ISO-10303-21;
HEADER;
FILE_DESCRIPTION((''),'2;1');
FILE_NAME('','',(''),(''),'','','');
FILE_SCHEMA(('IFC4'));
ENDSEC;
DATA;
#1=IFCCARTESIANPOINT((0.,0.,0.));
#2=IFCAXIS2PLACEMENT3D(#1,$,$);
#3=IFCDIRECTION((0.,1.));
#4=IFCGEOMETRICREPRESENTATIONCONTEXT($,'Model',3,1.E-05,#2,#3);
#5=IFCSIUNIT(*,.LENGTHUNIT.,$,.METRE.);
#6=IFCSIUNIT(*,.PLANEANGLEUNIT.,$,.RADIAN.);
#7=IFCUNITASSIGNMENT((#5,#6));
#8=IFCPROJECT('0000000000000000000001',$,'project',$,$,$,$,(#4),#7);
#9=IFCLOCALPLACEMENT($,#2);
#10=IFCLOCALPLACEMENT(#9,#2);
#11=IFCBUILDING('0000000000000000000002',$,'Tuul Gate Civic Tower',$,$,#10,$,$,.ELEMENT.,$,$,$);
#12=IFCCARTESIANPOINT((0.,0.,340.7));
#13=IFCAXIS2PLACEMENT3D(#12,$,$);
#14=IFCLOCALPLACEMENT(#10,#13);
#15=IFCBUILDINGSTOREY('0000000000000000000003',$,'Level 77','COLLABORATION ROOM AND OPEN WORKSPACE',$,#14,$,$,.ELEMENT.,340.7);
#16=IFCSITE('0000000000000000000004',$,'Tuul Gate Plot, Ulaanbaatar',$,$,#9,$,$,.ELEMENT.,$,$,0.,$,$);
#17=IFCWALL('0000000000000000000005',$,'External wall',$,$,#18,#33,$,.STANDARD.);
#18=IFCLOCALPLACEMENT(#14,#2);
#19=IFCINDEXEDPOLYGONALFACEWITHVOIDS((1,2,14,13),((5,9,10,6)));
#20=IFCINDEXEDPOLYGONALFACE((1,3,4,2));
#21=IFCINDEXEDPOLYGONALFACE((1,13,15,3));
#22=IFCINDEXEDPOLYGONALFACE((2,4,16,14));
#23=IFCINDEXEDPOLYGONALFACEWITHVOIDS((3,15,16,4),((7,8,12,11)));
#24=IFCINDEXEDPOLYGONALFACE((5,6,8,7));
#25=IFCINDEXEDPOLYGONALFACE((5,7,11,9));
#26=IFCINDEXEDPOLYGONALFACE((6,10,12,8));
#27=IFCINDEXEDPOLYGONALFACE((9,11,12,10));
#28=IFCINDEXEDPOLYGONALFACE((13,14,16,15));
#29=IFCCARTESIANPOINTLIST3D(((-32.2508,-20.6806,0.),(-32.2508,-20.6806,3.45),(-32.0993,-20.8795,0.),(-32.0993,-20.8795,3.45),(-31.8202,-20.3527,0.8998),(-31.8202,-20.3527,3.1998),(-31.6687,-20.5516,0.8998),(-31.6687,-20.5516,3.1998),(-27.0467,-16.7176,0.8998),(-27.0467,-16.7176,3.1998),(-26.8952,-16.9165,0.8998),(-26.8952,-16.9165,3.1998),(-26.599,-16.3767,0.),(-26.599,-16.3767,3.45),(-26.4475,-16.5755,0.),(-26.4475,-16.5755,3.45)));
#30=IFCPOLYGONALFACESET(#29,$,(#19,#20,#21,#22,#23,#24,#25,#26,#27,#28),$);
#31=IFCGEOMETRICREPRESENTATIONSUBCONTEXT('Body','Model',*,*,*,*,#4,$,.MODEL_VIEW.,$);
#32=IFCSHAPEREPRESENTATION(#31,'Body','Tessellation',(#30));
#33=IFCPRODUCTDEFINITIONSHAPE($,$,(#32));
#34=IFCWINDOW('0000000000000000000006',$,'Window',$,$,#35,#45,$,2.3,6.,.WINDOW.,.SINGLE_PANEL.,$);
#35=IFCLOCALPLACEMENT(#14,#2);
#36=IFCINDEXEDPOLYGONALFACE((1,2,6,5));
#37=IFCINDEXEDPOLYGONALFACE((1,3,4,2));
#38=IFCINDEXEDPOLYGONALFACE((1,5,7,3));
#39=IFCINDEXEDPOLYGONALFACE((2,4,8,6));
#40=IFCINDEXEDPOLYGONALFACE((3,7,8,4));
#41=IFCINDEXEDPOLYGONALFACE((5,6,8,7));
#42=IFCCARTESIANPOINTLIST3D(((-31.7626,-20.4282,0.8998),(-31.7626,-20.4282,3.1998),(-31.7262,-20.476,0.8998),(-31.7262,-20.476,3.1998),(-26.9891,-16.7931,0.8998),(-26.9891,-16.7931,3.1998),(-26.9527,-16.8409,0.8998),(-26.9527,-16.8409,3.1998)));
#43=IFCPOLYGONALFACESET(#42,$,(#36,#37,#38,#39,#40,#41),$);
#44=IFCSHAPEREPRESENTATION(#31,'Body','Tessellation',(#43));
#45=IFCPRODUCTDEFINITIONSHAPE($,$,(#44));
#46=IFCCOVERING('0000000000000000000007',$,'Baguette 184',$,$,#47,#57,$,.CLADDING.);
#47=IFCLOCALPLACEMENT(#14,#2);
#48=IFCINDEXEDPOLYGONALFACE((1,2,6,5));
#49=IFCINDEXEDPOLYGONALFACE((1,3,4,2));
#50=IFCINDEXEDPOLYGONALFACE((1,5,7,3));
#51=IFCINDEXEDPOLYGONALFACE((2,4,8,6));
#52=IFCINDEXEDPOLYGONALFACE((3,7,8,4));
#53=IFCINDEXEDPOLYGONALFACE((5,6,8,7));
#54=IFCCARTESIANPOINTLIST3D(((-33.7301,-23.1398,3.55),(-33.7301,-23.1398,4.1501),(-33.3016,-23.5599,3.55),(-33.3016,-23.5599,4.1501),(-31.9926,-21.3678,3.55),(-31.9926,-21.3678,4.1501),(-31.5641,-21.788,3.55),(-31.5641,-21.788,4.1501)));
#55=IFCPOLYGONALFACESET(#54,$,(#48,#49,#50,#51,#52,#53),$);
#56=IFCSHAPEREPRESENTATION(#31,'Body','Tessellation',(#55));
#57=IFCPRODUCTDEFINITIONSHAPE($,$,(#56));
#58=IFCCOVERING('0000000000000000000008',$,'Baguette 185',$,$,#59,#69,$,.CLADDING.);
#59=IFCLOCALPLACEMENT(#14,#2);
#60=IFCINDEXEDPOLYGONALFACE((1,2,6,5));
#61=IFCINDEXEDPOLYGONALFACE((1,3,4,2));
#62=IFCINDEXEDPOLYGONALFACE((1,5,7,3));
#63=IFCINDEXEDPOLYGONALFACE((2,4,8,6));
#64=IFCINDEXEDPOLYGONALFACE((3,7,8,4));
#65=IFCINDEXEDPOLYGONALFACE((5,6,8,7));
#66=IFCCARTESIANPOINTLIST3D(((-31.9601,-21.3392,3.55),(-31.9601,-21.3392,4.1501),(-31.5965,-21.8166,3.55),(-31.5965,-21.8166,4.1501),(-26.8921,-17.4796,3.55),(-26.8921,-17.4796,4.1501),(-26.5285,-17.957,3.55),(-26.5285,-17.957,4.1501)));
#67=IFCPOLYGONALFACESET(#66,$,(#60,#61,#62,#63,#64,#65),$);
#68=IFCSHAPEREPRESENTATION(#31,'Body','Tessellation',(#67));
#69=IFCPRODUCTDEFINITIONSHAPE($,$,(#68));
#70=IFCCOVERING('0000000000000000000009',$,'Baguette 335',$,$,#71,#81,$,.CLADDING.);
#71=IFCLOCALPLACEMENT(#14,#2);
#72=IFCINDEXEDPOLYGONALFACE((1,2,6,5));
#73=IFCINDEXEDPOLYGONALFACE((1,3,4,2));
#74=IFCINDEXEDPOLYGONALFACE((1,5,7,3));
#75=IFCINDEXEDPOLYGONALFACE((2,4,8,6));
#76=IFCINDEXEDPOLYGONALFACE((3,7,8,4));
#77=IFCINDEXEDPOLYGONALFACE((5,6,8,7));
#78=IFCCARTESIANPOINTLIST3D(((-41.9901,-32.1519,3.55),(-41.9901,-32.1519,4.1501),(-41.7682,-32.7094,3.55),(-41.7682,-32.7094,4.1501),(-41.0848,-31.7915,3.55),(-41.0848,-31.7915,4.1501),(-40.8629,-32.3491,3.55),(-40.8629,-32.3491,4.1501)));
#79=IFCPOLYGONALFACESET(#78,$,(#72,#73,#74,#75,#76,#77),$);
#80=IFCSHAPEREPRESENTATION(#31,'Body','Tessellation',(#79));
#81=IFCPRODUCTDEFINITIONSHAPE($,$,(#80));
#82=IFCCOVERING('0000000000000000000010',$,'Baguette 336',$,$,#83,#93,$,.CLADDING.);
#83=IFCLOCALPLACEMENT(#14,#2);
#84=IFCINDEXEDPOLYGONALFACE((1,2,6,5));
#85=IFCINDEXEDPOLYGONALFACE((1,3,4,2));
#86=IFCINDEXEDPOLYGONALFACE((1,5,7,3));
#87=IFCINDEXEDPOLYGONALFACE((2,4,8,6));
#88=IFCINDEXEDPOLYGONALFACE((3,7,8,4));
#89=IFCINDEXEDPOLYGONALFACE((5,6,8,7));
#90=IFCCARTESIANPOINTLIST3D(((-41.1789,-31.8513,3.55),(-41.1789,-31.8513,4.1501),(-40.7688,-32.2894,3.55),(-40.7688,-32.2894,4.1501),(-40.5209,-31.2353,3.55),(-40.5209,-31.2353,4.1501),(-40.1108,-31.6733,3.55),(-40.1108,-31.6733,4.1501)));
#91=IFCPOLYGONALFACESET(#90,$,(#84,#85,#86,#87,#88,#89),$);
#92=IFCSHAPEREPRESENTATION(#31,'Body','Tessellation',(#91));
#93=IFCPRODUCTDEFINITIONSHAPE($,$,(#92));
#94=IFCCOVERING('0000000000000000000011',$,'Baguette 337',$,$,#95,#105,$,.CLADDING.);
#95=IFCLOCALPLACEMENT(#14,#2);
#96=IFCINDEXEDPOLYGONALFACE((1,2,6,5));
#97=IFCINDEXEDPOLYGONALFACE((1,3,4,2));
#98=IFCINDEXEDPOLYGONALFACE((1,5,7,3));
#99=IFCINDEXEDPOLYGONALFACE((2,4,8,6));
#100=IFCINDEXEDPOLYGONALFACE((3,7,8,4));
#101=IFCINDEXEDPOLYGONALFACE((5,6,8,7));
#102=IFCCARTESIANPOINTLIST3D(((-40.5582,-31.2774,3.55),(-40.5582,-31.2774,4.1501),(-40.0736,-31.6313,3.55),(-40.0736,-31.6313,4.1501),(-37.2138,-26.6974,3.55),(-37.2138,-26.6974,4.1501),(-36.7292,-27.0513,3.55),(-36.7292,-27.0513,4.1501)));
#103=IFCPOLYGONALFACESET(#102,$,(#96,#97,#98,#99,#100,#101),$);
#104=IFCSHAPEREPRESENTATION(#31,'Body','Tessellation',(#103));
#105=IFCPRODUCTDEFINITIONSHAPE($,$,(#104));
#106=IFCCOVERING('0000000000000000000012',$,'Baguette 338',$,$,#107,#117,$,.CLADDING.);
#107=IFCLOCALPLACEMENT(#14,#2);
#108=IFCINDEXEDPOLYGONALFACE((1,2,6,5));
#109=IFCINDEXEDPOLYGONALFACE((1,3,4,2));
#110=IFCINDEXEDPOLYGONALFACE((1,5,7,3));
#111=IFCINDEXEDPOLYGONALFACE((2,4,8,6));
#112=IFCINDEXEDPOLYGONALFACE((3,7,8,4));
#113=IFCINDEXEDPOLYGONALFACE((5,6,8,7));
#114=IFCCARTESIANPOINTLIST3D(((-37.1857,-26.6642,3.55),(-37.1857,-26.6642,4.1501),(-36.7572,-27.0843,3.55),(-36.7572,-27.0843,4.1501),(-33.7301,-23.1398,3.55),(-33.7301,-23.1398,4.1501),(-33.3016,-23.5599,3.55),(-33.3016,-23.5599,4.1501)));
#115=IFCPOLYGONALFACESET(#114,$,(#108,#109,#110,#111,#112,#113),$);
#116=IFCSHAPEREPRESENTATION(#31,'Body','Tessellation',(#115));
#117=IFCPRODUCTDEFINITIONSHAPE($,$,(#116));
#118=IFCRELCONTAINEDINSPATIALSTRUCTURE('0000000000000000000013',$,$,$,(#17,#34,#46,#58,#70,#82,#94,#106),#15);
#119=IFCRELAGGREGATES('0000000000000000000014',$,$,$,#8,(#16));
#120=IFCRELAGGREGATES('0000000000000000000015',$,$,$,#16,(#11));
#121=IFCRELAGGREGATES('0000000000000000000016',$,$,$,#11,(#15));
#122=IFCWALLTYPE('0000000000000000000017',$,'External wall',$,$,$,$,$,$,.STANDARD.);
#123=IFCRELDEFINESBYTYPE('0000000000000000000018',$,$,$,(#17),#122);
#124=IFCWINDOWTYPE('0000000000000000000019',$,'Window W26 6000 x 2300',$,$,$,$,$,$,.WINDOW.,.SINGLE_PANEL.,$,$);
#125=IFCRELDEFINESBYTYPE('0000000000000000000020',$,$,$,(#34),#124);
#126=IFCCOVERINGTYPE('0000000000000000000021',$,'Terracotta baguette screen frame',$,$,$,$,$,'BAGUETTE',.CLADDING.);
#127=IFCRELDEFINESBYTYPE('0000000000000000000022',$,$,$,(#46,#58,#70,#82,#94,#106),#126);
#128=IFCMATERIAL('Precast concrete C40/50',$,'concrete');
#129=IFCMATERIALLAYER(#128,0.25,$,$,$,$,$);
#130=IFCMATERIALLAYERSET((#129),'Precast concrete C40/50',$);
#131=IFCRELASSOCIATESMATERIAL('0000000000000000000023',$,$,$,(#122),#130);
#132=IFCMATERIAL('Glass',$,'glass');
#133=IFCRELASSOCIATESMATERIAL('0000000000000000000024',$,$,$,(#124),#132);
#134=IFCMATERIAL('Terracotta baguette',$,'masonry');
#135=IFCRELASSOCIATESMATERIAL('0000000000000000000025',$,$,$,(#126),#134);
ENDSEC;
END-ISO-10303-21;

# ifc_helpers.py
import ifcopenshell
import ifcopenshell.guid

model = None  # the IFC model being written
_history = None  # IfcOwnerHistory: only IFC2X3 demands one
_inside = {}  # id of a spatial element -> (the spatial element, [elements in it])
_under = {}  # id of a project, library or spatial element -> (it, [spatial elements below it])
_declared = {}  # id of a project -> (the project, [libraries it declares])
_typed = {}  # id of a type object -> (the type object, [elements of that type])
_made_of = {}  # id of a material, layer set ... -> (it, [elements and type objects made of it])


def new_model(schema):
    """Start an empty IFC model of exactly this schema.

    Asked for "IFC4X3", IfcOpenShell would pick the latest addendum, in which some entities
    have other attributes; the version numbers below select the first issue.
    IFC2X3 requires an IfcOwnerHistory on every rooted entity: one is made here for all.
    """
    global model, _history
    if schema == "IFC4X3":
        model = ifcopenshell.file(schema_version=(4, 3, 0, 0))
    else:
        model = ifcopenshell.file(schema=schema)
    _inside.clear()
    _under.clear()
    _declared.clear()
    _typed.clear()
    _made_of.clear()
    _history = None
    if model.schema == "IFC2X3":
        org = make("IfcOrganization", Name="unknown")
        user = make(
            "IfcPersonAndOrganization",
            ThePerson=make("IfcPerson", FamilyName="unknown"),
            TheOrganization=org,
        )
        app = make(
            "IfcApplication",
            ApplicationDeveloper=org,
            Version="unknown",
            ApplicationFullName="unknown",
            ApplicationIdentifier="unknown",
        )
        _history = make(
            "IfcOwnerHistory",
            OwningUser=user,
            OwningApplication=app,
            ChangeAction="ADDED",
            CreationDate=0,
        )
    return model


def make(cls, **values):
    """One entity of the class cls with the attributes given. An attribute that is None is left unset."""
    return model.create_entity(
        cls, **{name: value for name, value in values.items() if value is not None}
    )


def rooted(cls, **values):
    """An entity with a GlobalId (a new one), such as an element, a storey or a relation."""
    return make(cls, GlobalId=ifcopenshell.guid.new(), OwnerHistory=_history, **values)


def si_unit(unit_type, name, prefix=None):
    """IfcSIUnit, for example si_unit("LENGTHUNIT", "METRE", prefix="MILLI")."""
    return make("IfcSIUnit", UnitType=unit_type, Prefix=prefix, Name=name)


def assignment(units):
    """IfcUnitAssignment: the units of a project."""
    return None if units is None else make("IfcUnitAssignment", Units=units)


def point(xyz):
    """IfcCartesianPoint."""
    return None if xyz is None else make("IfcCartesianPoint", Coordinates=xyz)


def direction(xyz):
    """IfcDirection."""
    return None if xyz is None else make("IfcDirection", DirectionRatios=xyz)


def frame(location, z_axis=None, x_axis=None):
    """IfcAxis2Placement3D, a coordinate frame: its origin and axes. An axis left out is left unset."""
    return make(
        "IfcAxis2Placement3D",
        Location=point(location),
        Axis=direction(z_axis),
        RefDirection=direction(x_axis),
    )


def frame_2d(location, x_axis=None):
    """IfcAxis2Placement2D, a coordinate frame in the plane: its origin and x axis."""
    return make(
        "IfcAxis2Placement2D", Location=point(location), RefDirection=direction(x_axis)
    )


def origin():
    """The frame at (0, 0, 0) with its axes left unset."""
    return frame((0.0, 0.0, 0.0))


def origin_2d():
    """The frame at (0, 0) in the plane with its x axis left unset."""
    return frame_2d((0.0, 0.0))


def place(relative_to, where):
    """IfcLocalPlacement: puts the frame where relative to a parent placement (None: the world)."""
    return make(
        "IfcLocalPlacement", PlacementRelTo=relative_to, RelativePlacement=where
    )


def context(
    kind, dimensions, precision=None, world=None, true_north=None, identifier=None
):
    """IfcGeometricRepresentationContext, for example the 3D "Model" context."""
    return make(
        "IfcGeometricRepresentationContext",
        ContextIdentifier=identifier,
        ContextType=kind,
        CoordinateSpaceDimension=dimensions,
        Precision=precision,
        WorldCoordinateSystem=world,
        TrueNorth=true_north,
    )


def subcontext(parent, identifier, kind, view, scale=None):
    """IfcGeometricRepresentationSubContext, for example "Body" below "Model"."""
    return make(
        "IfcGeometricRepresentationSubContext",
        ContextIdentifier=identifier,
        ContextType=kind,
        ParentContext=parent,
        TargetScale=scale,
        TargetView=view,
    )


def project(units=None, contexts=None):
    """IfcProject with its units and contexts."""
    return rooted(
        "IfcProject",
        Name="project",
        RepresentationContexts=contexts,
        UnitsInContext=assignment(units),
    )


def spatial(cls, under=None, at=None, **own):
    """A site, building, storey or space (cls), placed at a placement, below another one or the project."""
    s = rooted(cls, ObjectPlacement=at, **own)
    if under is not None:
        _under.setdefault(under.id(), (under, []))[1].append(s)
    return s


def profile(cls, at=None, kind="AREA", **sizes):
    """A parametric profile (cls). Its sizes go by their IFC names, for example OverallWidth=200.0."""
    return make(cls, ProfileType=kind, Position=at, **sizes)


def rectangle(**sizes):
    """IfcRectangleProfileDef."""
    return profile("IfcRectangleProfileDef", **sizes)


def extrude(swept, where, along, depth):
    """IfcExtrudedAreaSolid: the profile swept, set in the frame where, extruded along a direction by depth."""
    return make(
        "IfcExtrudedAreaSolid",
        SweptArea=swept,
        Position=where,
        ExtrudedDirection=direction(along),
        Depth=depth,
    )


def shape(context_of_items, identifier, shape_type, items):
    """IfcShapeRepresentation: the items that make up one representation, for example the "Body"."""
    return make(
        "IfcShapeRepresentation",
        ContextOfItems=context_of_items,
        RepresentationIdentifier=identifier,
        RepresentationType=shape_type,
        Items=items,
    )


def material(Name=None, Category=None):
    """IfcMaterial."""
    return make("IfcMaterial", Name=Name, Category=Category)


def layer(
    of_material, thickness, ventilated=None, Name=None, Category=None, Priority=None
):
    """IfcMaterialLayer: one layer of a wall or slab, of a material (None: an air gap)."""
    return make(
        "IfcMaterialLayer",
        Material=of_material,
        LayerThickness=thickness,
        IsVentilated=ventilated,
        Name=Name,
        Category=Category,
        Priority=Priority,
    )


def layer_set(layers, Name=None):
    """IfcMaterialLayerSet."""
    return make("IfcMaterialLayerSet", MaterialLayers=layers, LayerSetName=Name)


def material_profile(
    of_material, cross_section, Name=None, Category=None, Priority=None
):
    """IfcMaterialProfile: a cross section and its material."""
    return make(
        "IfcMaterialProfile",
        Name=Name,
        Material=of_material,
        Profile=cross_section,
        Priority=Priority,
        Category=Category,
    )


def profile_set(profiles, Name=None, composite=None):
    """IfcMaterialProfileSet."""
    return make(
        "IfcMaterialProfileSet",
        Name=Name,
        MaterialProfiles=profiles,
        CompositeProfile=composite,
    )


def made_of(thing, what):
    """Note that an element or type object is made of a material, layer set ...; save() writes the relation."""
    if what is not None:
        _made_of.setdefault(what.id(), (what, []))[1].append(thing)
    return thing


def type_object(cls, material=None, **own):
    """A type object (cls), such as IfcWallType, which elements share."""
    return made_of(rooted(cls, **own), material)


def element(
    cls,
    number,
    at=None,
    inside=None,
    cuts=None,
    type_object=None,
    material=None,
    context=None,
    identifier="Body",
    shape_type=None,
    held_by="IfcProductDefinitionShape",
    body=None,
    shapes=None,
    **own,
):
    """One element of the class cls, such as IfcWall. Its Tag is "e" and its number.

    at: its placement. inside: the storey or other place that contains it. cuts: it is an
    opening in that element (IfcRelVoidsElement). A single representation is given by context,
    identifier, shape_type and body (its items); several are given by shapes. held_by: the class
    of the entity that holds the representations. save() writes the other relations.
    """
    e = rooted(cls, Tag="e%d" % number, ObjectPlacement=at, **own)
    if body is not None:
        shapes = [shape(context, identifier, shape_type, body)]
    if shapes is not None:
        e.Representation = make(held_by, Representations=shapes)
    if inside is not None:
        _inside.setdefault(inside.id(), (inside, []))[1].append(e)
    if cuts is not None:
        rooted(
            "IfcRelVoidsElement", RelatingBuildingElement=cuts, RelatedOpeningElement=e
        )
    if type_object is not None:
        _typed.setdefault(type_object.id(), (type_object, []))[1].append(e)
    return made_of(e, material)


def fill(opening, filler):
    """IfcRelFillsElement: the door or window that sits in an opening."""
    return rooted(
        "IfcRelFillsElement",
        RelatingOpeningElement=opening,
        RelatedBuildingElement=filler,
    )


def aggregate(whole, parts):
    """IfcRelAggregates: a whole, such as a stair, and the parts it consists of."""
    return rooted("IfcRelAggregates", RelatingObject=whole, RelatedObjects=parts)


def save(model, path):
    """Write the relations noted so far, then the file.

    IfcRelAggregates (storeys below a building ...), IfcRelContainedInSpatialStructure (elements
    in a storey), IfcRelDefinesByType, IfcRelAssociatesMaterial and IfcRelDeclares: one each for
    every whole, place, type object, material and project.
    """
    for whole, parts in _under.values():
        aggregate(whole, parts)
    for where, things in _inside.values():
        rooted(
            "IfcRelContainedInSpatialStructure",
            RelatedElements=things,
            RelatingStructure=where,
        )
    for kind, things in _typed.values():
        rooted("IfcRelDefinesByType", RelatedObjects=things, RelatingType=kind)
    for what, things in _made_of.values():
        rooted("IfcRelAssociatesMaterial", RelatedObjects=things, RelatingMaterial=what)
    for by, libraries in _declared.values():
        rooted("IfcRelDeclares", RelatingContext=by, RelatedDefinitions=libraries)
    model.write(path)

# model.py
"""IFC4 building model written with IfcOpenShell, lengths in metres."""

from ifc_helpers import new_model, si_unit, direction, frame, frame_2d, origin, origin_2d, place, context, subcontext, project, spatial, rectangle, extrude, material, layer, layer_set, material_profile, profile_set, type_object, element, fill, save


model = new_model("IFC4")

# Units and contexts
model_context = context("Model", 3, precision=1e-05, world=origin(), true_north=direction((0.0, 1.0)))
body_context = subcontext(model_context, "Body", "Model", "MODEL_VIEW")
ifc_project = project(units=[si_unit("LENGTHUNIT", "METRE"), si_unit("PLANEANGLEUNIT", "RADIAN")], contexts=[model_context])

# Site, building, storey
site_placement = place(None, origin())
site = spatial("IfcSite", under=ifc_project, at=site_placement, Name="Tuul Gate Plot, Ulaanbaatar", CompositionType="ELEMENT", RefElevation=0.0)
building_placement = place(site_placement, origin())
building = spatial("IfcBuilding", under=site, at=building_placement, Name="Tuul Gate Civic Tower", CompositionType="ELEMENT")
storey_placement = place(building_placement, frame((0.0, 0.0, 340.7)))
storey = spatial("IfcBuildingStorey", under=building, at=storey_placement, Name="Level 77", Description="COLLABORATION ROOM AND OPEN WORKSPACE", CompositionType="ELEMENT", Elevation=340.7)

# Wall, opening, window
ifc_material_1 = material(Name="Precast concrete C40/50", Category="concrete")
ifc_layer_1 = layer(ifc_material_1, 0.25)
ifc_layer_set_1 = layer_set([ifc_layer_1], Name="Precast concrete C40/50")
wall_type_1 = type_object("IfcWallType", Name="External wall", PredefinedType="STANDARD", material=ifc_layer_set_1)
ifc_material_2 = material(Name="Glass", Category="glass")
window_type_1 = type_object("IfcWindowType", Name="Window W26 6000 x 2300", PartitioningType="SINGLE_PANEL", PredefinedType="WINDOW", material=ifc_material_2)
wall_1_placement = place(storey_placement, frame((-32.175, -20.78, 0.0), z_axis=(0.0, 0.0, 1.0), x_axis=(0.795582, 0.605845, 0.0)))
wall_1 = element("IfcWall", 1, at=wall_1_placement, inside=storey, type_object=wall_type_1, Name="External wall", PredefinedType="STANDARD", context=body_context, shape_type="SweptSolid", body=[
    extrude(rectangle(XDim=7.104, YDim=0.25, at=frame_2d((3.552, 0.0))), origin(), (0.0, 0.0, 1.0), 3.45),
])
opening_1_placement = place(wall_1_placement, frame((0.5413, 0.0, 0.8999)))
opening_1 = element("IfcOpeningElement", 2, at=opening_1_placement, cuts=wall_1, PredefinedType="OPENING", context=body_context, shape_type="SweptSolid", body=[
    extrude(rectangle(XDim=6.0, YDim=2.3, at=frame_2d((3.0, 1.1499))), frame((0.0, 0.135, 0.0), z_axis=(0.0, -1.0, 0.0), x_axis=(1.0, 0.0, 0.0)), (0.0, 0.0, 1.0), 0.27),
])
window_1_placement = place(opening_1_placement, origin())
window_1 = element("IfcWindow", 3, at=window_1_placement, inside=storey, type_object=window_type_1, Name="Window", OverallHeight=2.3, OverallWidth=6.0, PartitioningType="SINGLE_PANEL", PredefinedType="WINDOW", context=body_context, shape_type="SweptSolid", body=[
    extrude(rectangle(XDim=6.0, YDim=2.3, at=frame_2d((3.0, 1.1499))), frame((0.0, 0.03, 0.0), z_axis=(0.0, -1.0, 0.0), x_axis=(1.0, 0.0, 0.0)), (0.0, 0.0, 1.0), 0.0601),
])
fill(opening_1, window_1)

# Coverings
ifc_material_3 = material(Name="Terracotta baguette", Category="masonry")
ifc_material_profile_1 = material_profile(ifc_material_3, rectangle(XDim=0.6001, YDim=0.6001, at=origin_2d()), Name="Terracotta baguette screen frame")
ifc_profile_set_1 = profile_set([ifc_material_profile_1], Name="Terracotta baguette")
covering_type = type_object("IfcCoveringType", Name="Terracotta baguette screen frame", ElementType="BAGUETTE", PredefinedType="CLADDING", material=ifc_profile_set_1)
covering_1_placement = place(storey_placement, frame((-33.5159, -23.3499, 3.8501), z_axis=(0.700137, 0.714008, 0.0), x_axis=(-0.714008, 0.700137, 0.0)))
element("IfcCovering", 4, at=covering_1_placement, inside=storey, type_object=covering_type, Name="Baguette 184", PredefinedType="CLADDING", context=body_context, shape_type="SweptSolid", body=[
    extrude(rectangle(XDim=0.6001, YDim=0.6001, at=origin_2d()), origin(), (0.0, 0.0, 1.0), 2.4817),
])
covering_2_placement = place(storey_placement, frame((-31.7783, -21.5779, 3.8501), z_axis=(0.795568, 0.605864, 0.0), x_axis=(-0.605864, 0.795568, 0.0)))
element("IfcCovering", 5, at=covering_2_placement, inside=storey, type_object=covering_type, Name="Baguette 185", PredefinedType="CLADDING", context=body_context, shape_type="SweptSolid", body=[
    extrude(rectangle(XDim=0.6001, YDim=0.6001, at=origin_2d()), origin(), (0.0, 0.0, 1.0), 6.3704),
])
covering_3_placement = place(storey_placement, frame((-41.8792, -32.4307, 3.8501), z_axis=(0.929097, 0.369835, 0.0), x_axis=(-0.369835, 0.929097, 0.0)))
element("IfcCovering", 6, at=covering_3_placement, inside=storey, type_object=covering_type, Name="Baguette 335", PredefinedType="CLADDING", context=body_context, shape_type="SweptSolid", body=[
    extrude(rectangle(XDim=0.6001, YDim=0.6001, at=origin_2d()), origin(), (0.0, 0.0, 1.0), 0.9744),
])
covering_4_placement = place(storey_placement, frame((-40.9739, -32.0703, 3.8501), z_axis=(0.730019, 0.683427, 0.0), x_axis=(-0.683427, 0.730019, 0.0)))
element("IfcCovering", 7, at=covering_4_placement, inside=storey, type_object=covering_type, Name="Baguette 336", PredefinedType="CLADDING", context=body_context, shape_type="SweptSolid", body=[
    extrude(rectangle(XDim=0.6001, YDim=0.6001, at=origin_2d()), origin(), (0.0, 0.0, 1.0), 0.9014),
])
covering_5_placement = place(storey_placement, frame((-40.3159, -31.4543, 3.8501), z_axis=(0.589729, 0.807601, 0.0), x_axis=(-0.807601, 0.589729, 0.0)))
element("IfcCovering", 8, at=covering_5_placement, inside=storey, type_object=covering_type, Name="Baguette 337", PredefinedType="CLADDING", context=body_context, shape_type="SweptSolid", body=[
    extrude(rectangle(XDim=0.6001, YDim=0.6001, at=origin_2d()), origin(), (0.0, 0.0, 1.0), 5.6711),
])
covering_6_placement = place(storey_placement, frame((-36.9714, -26.8743, 3.8501), z_axis=(0.700098, 0.714047, 0.0), x_axis=(-0.714047, 0.700098, 0.0)))
element("IfcCovering", 9, at=covering_6_placement, inside=storey, type_object=covering_type, Name="Baguette 338", PredefinedType="CLADDING", context=body_context, shape_type="SweptSolid", body=[
    extrude(rectangle(XDim=0.6001, YDim=0.6001, at=origin_2d()), origin(), (0.0, 0.0, 1.0), 4.9358),
])

save(model, "model.ifc")
